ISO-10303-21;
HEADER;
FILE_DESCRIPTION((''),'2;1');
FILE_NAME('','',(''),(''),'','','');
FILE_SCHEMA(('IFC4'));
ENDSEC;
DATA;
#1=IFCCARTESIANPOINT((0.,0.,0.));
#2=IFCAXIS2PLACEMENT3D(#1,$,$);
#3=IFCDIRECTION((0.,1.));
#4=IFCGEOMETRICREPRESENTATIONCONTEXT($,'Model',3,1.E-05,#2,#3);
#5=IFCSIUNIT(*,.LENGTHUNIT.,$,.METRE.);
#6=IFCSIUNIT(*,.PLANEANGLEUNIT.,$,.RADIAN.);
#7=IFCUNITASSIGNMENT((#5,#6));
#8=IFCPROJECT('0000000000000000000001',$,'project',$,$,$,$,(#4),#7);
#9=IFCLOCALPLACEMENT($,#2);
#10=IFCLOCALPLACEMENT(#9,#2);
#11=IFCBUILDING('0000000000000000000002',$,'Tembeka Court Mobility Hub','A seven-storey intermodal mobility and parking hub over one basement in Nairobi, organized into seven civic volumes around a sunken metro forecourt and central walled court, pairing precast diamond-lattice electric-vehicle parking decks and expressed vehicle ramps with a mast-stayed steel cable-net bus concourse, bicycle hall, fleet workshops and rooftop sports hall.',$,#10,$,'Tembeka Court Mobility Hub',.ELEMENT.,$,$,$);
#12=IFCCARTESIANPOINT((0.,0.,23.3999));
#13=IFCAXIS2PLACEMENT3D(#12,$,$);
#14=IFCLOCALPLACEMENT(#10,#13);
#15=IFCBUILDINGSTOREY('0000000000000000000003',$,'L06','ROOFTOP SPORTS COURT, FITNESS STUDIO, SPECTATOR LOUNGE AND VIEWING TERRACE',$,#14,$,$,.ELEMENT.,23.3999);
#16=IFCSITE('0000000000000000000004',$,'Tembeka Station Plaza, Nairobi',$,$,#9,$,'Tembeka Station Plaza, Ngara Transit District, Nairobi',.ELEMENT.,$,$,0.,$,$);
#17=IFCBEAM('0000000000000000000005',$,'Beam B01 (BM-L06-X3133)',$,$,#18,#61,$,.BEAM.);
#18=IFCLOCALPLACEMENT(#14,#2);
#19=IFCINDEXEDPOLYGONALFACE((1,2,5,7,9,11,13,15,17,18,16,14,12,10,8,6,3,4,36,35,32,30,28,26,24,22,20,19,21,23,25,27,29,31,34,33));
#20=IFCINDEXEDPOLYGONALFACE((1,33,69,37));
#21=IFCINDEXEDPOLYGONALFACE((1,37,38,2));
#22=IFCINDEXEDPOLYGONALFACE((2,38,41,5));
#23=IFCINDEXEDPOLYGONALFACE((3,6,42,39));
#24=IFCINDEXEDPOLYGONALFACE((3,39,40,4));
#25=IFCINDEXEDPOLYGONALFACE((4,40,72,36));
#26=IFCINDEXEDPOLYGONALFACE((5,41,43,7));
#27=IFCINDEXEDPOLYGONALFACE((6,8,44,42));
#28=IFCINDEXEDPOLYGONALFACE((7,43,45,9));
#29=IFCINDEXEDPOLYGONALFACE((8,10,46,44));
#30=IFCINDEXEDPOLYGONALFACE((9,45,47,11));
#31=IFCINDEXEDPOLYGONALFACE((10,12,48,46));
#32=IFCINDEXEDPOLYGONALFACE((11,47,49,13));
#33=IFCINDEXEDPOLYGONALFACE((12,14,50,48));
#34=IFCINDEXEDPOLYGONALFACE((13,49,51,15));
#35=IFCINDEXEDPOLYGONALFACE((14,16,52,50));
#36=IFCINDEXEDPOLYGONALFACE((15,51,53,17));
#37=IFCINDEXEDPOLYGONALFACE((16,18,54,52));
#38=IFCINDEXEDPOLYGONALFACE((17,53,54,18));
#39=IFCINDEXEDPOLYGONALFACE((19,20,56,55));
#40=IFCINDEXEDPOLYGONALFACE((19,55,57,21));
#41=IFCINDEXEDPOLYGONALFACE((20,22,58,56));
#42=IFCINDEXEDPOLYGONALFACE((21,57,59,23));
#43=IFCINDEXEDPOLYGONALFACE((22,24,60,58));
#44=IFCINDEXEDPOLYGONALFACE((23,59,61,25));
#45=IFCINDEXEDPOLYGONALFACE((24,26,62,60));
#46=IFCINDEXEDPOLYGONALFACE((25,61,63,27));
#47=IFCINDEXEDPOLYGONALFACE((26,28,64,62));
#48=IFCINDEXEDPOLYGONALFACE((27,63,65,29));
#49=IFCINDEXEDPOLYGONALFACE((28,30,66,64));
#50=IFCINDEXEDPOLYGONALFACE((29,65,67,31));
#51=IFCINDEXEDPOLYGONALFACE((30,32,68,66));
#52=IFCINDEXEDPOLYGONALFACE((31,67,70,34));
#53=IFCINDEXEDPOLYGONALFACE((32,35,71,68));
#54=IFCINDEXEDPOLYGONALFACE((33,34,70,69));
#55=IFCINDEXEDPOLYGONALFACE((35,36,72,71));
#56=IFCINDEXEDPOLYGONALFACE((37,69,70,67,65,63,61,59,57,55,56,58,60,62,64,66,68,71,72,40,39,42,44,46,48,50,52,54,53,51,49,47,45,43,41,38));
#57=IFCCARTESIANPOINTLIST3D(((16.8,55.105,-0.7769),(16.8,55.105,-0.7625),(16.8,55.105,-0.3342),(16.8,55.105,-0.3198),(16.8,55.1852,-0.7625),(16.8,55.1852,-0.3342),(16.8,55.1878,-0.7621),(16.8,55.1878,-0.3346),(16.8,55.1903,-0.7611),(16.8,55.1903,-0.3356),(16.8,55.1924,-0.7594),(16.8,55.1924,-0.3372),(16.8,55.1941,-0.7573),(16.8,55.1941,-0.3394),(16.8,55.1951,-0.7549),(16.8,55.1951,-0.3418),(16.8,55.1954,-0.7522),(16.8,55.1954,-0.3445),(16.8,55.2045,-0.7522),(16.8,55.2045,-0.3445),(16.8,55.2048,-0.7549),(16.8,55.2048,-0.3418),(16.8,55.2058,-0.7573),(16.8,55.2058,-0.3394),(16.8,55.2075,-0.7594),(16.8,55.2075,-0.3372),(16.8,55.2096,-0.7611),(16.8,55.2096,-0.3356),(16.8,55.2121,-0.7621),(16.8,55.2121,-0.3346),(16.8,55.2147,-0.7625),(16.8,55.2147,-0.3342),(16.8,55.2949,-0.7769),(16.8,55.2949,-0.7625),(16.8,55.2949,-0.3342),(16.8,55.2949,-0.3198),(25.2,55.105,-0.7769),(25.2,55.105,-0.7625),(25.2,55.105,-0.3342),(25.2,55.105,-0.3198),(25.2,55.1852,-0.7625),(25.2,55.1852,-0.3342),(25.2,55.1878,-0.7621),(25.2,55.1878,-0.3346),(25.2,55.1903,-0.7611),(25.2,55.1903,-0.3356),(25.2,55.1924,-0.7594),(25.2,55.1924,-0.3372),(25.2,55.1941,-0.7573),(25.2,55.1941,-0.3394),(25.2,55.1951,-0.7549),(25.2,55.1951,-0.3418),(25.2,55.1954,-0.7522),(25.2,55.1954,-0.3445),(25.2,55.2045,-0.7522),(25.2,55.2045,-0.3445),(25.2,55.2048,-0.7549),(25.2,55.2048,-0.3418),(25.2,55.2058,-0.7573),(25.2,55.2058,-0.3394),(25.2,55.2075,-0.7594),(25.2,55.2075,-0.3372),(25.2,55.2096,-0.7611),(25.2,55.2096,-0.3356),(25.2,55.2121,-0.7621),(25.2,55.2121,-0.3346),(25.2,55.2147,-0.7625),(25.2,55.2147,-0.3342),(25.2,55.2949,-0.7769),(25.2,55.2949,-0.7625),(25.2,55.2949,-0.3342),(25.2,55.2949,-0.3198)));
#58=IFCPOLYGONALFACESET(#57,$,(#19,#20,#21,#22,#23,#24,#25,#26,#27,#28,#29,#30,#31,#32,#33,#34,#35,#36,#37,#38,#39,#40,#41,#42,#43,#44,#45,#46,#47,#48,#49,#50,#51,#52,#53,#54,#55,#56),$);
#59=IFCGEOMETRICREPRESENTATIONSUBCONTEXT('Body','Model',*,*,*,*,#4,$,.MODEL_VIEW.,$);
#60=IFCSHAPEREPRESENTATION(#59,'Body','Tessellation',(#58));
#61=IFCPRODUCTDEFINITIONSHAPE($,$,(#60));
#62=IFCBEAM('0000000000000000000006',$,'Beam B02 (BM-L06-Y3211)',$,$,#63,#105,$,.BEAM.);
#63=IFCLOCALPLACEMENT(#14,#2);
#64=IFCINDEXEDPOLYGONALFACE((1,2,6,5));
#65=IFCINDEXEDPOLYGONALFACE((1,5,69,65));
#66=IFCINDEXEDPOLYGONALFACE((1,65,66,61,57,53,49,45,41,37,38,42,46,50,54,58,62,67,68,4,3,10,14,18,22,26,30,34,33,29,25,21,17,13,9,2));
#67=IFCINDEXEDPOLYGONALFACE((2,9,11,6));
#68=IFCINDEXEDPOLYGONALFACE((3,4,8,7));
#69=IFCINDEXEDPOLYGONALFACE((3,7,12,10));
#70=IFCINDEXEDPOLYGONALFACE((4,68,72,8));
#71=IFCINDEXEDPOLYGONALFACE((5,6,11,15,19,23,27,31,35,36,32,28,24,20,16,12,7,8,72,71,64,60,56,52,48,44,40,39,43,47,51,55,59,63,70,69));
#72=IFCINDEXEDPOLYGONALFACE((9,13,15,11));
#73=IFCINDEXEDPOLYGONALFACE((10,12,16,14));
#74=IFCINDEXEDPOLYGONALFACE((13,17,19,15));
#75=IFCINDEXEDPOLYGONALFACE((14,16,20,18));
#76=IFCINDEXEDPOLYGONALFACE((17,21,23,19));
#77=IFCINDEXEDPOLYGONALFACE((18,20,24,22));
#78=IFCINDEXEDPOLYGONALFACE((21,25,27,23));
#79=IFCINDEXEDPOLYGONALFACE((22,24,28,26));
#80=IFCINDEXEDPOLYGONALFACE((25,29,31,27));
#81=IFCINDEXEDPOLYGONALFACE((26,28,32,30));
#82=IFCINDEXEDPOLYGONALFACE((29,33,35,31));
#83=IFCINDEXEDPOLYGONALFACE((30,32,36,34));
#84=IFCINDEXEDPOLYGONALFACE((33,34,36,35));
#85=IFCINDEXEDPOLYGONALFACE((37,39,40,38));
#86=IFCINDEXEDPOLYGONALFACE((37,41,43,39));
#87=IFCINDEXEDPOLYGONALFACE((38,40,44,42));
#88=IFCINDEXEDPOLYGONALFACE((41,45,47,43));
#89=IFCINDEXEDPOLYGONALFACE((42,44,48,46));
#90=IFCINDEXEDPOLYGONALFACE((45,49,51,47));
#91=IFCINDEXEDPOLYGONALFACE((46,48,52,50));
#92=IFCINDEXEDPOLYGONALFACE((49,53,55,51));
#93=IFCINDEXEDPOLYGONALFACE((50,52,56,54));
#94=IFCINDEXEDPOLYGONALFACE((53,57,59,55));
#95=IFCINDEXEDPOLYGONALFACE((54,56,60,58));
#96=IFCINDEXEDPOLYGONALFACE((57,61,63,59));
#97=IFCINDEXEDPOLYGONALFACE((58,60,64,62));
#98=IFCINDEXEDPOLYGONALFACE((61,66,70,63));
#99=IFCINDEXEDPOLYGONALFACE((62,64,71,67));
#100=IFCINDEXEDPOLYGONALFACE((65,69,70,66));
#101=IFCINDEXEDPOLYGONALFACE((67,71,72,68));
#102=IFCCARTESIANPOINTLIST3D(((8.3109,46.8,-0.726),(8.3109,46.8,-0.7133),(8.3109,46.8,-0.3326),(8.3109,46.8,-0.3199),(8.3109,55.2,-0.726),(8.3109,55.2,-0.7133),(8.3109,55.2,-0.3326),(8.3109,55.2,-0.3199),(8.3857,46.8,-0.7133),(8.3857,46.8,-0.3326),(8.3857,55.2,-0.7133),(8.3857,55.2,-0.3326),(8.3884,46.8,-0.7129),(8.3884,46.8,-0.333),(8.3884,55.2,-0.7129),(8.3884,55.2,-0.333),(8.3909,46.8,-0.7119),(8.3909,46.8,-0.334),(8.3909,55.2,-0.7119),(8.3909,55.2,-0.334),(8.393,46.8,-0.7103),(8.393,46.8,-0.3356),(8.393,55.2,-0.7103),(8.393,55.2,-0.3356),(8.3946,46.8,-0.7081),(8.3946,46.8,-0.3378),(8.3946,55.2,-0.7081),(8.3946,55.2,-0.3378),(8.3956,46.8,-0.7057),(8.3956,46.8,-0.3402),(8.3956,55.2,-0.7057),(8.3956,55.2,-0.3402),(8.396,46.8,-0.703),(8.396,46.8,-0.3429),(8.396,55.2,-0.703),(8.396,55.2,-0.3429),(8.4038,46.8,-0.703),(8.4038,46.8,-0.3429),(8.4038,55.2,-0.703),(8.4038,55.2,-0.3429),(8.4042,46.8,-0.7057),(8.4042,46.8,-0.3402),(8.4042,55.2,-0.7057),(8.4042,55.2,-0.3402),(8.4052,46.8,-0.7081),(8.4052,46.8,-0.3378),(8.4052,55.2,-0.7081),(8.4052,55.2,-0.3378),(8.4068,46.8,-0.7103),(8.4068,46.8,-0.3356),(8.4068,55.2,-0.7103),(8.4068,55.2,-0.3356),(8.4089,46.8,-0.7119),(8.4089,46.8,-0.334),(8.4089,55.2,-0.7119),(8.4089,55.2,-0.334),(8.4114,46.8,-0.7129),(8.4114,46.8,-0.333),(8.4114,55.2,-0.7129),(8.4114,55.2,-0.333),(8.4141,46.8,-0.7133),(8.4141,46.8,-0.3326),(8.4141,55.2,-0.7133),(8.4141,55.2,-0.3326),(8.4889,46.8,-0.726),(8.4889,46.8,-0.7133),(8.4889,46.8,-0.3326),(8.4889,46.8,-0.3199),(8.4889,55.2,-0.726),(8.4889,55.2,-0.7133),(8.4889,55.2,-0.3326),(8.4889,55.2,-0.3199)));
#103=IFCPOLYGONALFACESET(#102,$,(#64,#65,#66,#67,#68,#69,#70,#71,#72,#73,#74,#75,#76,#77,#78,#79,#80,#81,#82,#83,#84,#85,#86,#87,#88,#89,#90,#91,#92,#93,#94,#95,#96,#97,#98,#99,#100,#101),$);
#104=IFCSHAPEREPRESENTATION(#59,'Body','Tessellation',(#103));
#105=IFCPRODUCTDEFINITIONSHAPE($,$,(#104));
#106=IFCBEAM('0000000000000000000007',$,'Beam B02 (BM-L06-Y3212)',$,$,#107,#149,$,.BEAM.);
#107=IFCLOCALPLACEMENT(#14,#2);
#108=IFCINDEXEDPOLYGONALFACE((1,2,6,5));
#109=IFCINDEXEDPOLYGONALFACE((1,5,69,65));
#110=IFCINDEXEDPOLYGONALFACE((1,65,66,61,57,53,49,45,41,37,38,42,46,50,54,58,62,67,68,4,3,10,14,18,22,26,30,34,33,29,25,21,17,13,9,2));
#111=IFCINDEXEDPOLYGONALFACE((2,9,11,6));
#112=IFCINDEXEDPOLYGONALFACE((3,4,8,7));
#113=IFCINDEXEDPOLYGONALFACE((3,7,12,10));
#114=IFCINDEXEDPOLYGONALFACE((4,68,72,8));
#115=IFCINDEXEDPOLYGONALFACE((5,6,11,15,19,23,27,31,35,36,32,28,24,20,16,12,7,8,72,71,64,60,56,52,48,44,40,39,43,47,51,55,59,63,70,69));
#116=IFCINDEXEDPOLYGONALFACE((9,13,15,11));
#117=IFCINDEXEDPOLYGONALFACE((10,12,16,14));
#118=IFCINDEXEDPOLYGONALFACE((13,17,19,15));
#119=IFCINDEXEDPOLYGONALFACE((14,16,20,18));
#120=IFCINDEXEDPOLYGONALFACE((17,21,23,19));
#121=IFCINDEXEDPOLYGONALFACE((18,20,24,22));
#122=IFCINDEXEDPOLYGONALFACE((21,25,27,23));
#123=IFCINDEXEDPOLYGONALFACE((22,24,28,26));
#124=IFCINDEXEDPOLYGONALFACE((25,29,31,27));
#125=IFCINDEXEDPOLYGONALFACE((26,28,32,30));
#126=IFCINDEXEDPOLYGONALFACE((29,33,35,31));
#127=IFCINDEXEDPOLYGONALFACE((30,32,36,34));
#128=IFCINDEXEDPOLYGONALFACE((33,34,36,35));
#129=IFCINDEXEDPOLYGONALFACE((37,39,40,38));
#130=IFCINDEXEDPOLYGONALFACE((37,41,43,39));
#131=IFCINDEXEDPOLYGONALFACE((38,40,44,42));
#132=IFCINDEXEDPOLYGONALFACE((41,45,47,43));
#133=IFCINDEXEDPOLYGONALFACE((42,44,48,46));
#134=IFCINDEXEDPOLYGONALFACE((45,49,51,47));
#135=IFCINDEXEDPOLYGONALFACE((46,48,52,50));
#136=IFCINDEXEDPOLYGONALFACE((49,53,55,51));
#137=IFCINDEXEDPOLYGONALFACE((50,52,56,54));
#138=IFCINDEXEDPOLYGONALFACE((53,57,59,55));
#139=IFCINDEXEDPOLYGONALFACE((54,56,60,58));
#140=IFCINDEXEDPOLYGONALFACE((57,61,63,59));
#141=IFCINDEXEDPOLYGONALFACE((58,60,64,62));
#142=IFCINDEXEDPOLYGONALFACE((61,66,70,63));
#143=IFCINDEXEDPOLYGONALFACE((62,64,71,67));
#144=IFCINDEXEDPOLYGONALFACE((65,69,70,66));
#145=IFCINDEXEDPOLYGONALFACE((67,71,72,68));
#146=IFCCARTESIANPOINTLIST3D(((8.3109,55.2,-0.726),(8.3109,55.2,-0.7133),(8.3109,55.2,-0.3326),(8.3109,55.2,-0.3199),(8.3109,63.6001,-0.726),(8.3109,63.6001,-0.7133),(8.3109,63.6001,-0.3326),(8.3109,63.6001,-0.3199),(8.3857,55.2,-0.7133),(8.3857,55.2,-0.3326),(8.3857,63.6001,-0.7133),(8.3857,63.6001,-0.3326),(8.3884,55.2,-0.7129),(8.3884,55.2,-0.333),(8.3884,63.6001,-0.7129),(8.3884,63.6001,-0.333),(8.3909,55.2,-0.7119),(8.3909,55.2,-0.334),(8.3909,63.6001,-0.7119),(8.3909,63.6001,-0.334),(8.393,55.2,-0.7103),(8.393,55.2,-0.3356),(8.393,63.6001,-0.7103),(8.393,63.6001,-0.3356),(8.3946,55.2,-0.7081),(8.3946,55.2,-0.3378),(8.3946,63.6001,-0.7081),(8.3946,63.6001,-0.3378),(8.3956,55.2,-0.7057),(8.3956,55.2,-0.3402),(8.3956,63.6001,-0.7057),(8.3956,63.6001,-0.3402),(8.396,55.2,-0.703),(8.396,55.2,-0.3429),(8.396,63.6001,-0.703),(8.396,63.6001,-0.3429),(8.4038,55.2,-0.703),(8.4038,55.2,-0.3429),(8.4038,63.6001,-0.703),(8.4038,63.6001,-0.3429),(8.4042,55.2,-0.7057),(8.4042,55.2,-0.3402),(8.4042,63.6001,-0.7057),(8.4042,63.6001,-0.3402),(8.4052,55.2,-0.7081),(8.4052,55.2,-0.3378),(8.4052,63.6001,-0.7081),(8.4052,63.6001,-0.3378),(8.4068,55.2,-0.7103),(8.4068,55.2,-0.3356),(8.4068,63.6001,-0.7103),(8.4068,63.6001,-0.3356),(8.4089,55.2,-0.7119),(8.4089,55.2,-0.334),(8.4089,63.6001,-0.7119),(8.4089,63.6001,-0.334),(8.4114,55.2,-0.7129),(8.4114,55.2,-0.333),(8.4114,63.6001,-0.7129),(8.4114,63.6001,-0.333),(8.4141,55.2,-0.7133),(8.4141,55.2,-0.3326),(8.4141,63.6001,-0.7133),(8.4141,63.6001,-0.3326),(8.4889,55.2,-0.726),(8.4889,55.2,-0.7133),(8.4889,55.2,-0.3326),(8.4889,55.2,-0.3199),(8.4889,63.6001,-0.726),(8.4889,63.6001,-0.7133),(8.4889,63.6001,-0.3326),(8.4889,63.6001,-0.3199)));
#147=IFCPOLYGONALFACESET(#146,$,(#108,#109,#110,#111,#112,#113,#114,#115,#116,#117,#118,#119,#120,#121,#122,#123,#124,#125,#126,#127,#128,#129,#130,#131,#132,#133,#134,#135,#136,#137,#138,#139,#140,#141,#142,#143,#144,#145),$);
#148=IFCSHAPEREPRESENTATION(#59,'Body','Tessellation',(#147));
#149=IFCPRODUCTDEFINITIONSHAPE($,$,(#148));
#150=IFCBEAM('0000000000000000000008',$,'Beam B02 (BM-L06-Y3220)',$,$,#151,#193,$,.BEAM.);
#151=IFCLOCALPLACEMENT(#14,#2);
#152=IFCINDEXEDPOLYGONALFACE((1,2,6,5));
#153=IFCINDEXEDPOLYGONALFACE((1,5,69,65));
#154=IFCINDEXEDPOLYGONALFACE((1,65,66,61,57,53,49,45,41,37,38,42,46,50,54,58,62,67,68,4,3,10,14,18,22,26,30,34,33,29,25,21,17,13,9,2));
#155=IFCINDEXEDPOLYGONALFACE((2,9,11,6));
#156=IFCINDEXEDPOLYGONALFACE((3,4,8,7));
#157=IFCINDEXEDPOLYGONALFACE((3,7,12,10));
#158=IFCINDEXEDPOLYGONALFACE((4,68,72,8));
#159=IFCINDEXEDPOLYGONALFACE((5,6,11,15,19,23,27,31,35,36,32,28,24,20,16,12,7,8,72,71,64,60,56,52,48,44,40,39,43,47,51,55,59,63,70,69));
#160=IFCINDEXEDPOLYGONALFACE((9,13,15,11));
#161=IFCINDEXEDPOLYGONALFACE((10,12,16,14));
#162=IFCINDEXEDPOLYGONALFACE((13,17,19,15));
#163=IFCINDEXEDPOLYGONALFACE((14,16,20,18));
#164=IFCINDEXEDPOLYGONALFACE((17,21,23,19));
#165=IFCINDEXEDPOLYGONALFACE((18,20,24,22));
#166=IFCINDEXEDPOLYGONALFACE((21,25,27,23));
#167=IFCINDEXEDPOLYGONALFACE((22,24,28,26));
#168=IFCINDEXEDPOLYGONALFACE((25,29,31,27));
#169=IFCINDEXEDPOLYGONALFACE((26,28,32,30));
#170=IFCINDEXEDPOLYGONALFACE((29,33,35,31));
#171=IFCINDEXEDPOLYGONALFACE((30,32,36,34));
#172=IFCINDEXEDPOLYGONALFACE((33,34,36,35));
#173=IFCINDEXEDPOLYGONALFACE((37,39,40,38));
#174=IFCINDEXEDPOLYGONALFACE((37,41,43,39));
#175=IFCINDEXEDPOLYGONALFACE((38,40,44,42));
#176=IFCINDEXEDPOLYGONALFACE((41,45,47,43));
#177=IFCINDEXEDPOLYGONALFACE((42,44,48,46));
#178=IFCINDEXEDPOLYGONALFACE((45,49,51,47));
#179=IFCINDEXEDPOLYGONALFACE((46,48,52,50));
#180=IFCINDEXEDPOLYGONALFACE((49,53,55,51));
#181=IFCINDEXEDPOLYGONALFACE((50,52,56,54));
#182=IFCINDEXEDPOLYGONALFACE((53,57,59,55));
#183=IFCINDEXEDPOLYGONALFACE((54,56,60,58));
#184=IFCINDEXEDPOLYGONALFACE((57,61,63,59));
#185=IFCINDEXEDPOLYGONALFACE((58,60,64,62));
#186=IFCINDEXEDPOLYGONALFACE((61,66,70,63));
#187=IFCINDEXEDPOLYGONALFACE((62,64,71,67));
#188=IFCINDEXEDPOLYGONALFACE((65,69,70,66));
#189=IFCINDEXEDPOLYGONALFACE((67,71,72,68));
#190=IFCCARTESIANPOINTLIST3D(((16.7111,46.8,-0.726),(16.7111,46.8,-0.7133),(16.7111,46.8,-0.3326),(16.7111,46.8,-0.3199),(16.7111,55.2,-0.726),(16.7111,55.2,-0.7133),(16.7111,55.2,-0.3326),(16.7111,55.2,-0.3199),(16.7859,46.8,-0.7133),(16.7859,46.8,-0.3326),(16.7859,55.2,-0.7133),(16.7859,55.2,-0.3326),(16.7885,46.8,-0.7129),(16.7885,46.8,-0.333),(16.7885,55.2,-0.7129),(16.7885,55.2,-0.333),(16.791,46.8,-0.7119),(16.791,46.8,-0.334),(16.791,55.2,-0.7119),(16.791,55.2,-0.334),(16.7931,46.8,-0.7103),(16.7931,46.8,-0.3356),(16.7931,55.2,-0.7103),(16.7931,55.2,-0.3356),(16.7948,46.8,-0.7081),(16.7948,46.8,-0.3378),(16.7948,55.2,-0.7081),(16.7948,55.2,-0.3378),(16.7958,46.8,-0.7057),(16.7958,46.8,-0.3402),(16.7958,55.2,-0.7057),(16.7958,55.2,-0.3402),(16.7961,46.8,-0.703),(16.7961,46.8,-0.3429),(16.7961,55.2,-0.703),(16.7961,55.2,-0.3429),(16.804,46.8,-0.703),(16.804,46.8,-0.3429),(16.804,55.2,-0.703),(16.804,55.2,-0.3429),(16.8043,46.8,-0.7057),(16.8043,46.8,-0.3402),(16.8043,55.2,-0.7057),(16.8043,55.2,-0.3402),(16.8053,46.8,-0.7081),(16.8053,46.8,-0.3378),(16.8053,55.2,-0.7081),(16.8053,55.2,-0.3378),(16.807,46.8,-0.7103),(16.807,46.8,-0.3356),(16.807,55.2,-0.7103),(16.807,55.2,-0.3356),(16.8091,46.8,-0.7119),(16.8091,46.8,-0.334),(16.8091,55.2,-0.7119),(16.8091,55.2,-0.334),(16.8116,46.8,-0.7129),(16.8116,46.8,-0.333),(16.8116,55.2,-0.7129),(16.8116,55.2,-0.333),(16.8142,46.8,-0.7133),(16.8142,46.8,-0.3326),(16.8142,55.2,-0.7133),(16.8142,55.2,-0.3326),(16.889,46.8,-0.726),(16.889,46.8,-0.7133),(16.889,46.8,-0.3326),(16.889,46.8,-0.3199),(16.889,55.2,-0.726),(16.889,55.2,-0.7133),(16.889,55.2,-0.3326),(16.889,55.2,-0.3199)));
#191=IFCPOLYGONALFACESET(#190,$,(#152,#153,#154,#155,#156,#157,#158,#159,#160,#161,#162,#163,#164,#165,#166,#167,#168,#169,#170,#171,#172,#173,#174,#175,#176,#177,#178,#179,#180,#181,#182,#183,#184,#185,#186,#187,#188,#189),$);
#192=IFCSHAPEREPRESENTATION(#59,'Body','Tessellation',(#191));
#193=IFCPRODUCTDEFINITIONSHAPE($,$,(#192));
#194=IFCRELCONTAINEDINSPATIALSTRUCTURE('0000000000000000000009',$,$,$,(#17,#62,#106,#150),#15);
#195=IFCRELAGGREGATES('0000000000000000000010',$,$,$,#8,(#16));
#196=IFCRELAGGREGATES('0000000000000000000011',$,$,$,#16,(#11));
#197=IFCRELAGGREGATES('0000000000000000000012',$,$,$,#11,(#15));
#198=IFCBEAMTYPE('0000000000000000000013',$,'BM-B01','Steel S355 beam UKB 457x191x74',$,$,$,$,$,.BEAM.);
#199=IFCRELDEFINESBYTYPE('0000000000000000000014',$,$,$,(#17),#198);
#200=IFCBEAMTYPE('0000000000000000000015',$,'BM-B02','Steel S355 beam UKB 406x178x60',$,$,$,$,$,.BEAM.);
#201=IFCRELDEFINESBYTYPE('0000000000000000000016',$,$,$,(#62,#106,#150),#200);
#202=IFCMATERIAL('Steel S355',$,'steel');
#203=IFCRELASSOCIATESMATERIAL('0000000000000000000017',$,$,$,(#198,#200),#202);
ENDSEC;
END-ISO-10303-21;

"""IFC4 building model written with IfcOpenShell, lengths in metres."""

from ifc_helpers import new_model, si_unit, direction, frame, origin, origin_2d, place, context, subcontext, project, spatial, i_section, extrude, material, material_profile, profile_set, type_object, element, save


model = new_model("IFC4")

# Units and contexts
model_context = context("Model", 3, precision=1e-05, world=origin(), true_north=direction((0.0, 1.0)))
body_context = subcontext(model_context, "Body", "Model", "MODEL_VIEW")
ifc_project = project(units=[si_unit("LENGTHUNIT", "METRE"), si_unit("PLANEANGLEUNIT", "RADIAN")], contexts=[model_context])

# Site, building, storey
site_placement = place(None, origin())
site = spatial("IfcSite", under=ifc_project, at=site_placement, Name="Tembeka Station Plaza, Nairobi", LongName="Tembeka Station Plaza, Ngara Transit District, Nairobi", CompositionType="ELEMENT", RefElevation=0.0)
building_placement = place(site_placement, origin())
building = spatial("IfcBuilding", under=site, at=building_placement, Name="Tembeka Court Mobility Hub", Description="A seven-storey intermodal mobility and parking hub over one basement in Nairobi, organized into seven civic volumes around a sunken metro forecourt and central walled court, pairing precast diamond-lattice electric-vehicle parking decks and expressed vehicle ramps with a mast-stayed steel cable-net bus concourse, bicycle hall, fleet workshops and rooftop sports hall.", LongName="Tembeka Court Mobility Hub", CompositionType="ELEMENT")
storey_placement = place(building_placement, frame((0.0, 0.0, 23.3999)))
storey = spatial("IfcBuildingStorey", under=building, at=storey_placement, Name="L06", Description="ROOFTOP SPORTS COURT, FITNESS STUDIO, SPECTATOR LOUNGE AND VIEWING TERRACE", CompositionType="ELEMENT", Elevation=23.3999)

# Shared definitions
ifc_material = material(Name="Steel S355", Category="steel")

# Beams
ifc_material_profile_1 = material_profile(ifc_material, i_section(OverallWidth=0.1899, OverallDepth=0.457, WebThickness=0.009, FlangeThickness=0.0144, FilletRadius=0.0103, at=origin_2d()), Name="UKB 457x191x74")
ifc_profile_set_1 = profile_set([ifc_material_profile_1], Name="Steel S355")
beam_type_1 = type_object("IfcBeamType", Name="BM-B01", Description="Steel S355 beam UKB 457x191x74", PredefinedType="BEAM", material=ifc_profile_set_1)
beam_1_placement = place(storey_placement, frame((16.8, 55.2, -0.5483), z_axis=(1.0, 0.0, 0.0), x_axis=(0.0, 1.0, 0.0)))
element("IfcBeam", 1, at=beam_1_placement, inside=storey, type_object=beam_type_1, Name="Beam B01 (BM-L06-X3133)", PredefinedType="BEAM", context=body_context, shape_type="SweptSolid", body=[
    extrude(i_section(OverallWidth=0.1899, OverallDepth=0.457, WebThickness=0.009, FlangeThickness=0.0144, FilletRadius=0.0103, at=origin_2d()), origin(), (0.0, 0.0, 1.0), 8.3999),
])
ifc_material_profile_2 = material_profile(ifc_material, i_section(OverallWidth=0.178, OverallDepth=0.406, WebThickness=0.0078, FlangeThickness=0.0127, FilletRadius=0.0103, at=origin_2d()), Name="UKB 406x178x60")
ifc_profile_set_2 = profile_set([ifc_material_profile_2], Name="Steel S355")
beam_type_2 = type_object("IfcBeamType", Name="BM-B02", Description="Steel S355 beam UKB 406x178x60", PredefinedType="BEAM", material=ifc_profile_set_2)
beam_2_placement = place(storey_placement, frame((8.3999, 46.8, -0.5229), z_axis=(0.0, 1.0, 0.0), x_axis=(-1.0, 0.0, 0.0)))
element("IfcBeam", 2, at=beam_2_placement, inside=storey, type_object=beam_type_2, Name="Beam B02 (BM-L06-Y3211)", PredefinedType="BEAM", context=body_context, shape_type="SweptSolid", body=[
    extrude(i_section(OverallWidth=0.178, OverallDepth=0.406, WebThickness=0.0078, FlangeThickness=0.0127, FilletRadius=0.0103, at=origin_2d()), origin(), (0.0, 0.0, 1.0), 8.3999),
])
beam_3_placement = place(storey_placement, frame((8.3999, 55.2, -0.5229), z_axis=(0.0, 1.0, 0.0), x_axis=(-1.0, 0.0, 0.0)))
element("IfcBeam", 3, at=beam_3_placement, inside=storey, type_object=beam_type_2, Name="Beam B02 (BM-L06-Y3212)", PredefinedType="BEAM", context=body_context, shape_type="SweptSolid", body=[
    extrude(i_section(OverallWidth=0.178, OverallDepth=0.406, WebThickness=0.0078, FlangeThickness=0.0127, FilletRadius=0.0103, at=origin_2d()), origin(), (0.0, 0.0, 1.0), 8.4001),
])
beam_4_placement = place(storey_placement, frame((16.8, 46.8, -0.5229), z_axis=(0.0, 1.0, 0.0), x_axis=(-1.0, 0.0, 0.0)))
element("IfcBeam", 4, at=beam_4_placement, inside=storey, type_object=beam_type_2, Name="Beam B02 (BM-L06-Y3220)", PredefinedType="BEAM", context=body_context, shape_type="SweptSolid", body=[
    extrude(i_section(OverallWidth=0.178, OverallDepth=0.406, WebThickness=0.0078, FlangeThickness=0.0127, FilletRadius=0.0103, at=origin_2d()), origin(), (0.0, 0.0, 1.0), 8.3999),
])

save(model, "model.ifc")
